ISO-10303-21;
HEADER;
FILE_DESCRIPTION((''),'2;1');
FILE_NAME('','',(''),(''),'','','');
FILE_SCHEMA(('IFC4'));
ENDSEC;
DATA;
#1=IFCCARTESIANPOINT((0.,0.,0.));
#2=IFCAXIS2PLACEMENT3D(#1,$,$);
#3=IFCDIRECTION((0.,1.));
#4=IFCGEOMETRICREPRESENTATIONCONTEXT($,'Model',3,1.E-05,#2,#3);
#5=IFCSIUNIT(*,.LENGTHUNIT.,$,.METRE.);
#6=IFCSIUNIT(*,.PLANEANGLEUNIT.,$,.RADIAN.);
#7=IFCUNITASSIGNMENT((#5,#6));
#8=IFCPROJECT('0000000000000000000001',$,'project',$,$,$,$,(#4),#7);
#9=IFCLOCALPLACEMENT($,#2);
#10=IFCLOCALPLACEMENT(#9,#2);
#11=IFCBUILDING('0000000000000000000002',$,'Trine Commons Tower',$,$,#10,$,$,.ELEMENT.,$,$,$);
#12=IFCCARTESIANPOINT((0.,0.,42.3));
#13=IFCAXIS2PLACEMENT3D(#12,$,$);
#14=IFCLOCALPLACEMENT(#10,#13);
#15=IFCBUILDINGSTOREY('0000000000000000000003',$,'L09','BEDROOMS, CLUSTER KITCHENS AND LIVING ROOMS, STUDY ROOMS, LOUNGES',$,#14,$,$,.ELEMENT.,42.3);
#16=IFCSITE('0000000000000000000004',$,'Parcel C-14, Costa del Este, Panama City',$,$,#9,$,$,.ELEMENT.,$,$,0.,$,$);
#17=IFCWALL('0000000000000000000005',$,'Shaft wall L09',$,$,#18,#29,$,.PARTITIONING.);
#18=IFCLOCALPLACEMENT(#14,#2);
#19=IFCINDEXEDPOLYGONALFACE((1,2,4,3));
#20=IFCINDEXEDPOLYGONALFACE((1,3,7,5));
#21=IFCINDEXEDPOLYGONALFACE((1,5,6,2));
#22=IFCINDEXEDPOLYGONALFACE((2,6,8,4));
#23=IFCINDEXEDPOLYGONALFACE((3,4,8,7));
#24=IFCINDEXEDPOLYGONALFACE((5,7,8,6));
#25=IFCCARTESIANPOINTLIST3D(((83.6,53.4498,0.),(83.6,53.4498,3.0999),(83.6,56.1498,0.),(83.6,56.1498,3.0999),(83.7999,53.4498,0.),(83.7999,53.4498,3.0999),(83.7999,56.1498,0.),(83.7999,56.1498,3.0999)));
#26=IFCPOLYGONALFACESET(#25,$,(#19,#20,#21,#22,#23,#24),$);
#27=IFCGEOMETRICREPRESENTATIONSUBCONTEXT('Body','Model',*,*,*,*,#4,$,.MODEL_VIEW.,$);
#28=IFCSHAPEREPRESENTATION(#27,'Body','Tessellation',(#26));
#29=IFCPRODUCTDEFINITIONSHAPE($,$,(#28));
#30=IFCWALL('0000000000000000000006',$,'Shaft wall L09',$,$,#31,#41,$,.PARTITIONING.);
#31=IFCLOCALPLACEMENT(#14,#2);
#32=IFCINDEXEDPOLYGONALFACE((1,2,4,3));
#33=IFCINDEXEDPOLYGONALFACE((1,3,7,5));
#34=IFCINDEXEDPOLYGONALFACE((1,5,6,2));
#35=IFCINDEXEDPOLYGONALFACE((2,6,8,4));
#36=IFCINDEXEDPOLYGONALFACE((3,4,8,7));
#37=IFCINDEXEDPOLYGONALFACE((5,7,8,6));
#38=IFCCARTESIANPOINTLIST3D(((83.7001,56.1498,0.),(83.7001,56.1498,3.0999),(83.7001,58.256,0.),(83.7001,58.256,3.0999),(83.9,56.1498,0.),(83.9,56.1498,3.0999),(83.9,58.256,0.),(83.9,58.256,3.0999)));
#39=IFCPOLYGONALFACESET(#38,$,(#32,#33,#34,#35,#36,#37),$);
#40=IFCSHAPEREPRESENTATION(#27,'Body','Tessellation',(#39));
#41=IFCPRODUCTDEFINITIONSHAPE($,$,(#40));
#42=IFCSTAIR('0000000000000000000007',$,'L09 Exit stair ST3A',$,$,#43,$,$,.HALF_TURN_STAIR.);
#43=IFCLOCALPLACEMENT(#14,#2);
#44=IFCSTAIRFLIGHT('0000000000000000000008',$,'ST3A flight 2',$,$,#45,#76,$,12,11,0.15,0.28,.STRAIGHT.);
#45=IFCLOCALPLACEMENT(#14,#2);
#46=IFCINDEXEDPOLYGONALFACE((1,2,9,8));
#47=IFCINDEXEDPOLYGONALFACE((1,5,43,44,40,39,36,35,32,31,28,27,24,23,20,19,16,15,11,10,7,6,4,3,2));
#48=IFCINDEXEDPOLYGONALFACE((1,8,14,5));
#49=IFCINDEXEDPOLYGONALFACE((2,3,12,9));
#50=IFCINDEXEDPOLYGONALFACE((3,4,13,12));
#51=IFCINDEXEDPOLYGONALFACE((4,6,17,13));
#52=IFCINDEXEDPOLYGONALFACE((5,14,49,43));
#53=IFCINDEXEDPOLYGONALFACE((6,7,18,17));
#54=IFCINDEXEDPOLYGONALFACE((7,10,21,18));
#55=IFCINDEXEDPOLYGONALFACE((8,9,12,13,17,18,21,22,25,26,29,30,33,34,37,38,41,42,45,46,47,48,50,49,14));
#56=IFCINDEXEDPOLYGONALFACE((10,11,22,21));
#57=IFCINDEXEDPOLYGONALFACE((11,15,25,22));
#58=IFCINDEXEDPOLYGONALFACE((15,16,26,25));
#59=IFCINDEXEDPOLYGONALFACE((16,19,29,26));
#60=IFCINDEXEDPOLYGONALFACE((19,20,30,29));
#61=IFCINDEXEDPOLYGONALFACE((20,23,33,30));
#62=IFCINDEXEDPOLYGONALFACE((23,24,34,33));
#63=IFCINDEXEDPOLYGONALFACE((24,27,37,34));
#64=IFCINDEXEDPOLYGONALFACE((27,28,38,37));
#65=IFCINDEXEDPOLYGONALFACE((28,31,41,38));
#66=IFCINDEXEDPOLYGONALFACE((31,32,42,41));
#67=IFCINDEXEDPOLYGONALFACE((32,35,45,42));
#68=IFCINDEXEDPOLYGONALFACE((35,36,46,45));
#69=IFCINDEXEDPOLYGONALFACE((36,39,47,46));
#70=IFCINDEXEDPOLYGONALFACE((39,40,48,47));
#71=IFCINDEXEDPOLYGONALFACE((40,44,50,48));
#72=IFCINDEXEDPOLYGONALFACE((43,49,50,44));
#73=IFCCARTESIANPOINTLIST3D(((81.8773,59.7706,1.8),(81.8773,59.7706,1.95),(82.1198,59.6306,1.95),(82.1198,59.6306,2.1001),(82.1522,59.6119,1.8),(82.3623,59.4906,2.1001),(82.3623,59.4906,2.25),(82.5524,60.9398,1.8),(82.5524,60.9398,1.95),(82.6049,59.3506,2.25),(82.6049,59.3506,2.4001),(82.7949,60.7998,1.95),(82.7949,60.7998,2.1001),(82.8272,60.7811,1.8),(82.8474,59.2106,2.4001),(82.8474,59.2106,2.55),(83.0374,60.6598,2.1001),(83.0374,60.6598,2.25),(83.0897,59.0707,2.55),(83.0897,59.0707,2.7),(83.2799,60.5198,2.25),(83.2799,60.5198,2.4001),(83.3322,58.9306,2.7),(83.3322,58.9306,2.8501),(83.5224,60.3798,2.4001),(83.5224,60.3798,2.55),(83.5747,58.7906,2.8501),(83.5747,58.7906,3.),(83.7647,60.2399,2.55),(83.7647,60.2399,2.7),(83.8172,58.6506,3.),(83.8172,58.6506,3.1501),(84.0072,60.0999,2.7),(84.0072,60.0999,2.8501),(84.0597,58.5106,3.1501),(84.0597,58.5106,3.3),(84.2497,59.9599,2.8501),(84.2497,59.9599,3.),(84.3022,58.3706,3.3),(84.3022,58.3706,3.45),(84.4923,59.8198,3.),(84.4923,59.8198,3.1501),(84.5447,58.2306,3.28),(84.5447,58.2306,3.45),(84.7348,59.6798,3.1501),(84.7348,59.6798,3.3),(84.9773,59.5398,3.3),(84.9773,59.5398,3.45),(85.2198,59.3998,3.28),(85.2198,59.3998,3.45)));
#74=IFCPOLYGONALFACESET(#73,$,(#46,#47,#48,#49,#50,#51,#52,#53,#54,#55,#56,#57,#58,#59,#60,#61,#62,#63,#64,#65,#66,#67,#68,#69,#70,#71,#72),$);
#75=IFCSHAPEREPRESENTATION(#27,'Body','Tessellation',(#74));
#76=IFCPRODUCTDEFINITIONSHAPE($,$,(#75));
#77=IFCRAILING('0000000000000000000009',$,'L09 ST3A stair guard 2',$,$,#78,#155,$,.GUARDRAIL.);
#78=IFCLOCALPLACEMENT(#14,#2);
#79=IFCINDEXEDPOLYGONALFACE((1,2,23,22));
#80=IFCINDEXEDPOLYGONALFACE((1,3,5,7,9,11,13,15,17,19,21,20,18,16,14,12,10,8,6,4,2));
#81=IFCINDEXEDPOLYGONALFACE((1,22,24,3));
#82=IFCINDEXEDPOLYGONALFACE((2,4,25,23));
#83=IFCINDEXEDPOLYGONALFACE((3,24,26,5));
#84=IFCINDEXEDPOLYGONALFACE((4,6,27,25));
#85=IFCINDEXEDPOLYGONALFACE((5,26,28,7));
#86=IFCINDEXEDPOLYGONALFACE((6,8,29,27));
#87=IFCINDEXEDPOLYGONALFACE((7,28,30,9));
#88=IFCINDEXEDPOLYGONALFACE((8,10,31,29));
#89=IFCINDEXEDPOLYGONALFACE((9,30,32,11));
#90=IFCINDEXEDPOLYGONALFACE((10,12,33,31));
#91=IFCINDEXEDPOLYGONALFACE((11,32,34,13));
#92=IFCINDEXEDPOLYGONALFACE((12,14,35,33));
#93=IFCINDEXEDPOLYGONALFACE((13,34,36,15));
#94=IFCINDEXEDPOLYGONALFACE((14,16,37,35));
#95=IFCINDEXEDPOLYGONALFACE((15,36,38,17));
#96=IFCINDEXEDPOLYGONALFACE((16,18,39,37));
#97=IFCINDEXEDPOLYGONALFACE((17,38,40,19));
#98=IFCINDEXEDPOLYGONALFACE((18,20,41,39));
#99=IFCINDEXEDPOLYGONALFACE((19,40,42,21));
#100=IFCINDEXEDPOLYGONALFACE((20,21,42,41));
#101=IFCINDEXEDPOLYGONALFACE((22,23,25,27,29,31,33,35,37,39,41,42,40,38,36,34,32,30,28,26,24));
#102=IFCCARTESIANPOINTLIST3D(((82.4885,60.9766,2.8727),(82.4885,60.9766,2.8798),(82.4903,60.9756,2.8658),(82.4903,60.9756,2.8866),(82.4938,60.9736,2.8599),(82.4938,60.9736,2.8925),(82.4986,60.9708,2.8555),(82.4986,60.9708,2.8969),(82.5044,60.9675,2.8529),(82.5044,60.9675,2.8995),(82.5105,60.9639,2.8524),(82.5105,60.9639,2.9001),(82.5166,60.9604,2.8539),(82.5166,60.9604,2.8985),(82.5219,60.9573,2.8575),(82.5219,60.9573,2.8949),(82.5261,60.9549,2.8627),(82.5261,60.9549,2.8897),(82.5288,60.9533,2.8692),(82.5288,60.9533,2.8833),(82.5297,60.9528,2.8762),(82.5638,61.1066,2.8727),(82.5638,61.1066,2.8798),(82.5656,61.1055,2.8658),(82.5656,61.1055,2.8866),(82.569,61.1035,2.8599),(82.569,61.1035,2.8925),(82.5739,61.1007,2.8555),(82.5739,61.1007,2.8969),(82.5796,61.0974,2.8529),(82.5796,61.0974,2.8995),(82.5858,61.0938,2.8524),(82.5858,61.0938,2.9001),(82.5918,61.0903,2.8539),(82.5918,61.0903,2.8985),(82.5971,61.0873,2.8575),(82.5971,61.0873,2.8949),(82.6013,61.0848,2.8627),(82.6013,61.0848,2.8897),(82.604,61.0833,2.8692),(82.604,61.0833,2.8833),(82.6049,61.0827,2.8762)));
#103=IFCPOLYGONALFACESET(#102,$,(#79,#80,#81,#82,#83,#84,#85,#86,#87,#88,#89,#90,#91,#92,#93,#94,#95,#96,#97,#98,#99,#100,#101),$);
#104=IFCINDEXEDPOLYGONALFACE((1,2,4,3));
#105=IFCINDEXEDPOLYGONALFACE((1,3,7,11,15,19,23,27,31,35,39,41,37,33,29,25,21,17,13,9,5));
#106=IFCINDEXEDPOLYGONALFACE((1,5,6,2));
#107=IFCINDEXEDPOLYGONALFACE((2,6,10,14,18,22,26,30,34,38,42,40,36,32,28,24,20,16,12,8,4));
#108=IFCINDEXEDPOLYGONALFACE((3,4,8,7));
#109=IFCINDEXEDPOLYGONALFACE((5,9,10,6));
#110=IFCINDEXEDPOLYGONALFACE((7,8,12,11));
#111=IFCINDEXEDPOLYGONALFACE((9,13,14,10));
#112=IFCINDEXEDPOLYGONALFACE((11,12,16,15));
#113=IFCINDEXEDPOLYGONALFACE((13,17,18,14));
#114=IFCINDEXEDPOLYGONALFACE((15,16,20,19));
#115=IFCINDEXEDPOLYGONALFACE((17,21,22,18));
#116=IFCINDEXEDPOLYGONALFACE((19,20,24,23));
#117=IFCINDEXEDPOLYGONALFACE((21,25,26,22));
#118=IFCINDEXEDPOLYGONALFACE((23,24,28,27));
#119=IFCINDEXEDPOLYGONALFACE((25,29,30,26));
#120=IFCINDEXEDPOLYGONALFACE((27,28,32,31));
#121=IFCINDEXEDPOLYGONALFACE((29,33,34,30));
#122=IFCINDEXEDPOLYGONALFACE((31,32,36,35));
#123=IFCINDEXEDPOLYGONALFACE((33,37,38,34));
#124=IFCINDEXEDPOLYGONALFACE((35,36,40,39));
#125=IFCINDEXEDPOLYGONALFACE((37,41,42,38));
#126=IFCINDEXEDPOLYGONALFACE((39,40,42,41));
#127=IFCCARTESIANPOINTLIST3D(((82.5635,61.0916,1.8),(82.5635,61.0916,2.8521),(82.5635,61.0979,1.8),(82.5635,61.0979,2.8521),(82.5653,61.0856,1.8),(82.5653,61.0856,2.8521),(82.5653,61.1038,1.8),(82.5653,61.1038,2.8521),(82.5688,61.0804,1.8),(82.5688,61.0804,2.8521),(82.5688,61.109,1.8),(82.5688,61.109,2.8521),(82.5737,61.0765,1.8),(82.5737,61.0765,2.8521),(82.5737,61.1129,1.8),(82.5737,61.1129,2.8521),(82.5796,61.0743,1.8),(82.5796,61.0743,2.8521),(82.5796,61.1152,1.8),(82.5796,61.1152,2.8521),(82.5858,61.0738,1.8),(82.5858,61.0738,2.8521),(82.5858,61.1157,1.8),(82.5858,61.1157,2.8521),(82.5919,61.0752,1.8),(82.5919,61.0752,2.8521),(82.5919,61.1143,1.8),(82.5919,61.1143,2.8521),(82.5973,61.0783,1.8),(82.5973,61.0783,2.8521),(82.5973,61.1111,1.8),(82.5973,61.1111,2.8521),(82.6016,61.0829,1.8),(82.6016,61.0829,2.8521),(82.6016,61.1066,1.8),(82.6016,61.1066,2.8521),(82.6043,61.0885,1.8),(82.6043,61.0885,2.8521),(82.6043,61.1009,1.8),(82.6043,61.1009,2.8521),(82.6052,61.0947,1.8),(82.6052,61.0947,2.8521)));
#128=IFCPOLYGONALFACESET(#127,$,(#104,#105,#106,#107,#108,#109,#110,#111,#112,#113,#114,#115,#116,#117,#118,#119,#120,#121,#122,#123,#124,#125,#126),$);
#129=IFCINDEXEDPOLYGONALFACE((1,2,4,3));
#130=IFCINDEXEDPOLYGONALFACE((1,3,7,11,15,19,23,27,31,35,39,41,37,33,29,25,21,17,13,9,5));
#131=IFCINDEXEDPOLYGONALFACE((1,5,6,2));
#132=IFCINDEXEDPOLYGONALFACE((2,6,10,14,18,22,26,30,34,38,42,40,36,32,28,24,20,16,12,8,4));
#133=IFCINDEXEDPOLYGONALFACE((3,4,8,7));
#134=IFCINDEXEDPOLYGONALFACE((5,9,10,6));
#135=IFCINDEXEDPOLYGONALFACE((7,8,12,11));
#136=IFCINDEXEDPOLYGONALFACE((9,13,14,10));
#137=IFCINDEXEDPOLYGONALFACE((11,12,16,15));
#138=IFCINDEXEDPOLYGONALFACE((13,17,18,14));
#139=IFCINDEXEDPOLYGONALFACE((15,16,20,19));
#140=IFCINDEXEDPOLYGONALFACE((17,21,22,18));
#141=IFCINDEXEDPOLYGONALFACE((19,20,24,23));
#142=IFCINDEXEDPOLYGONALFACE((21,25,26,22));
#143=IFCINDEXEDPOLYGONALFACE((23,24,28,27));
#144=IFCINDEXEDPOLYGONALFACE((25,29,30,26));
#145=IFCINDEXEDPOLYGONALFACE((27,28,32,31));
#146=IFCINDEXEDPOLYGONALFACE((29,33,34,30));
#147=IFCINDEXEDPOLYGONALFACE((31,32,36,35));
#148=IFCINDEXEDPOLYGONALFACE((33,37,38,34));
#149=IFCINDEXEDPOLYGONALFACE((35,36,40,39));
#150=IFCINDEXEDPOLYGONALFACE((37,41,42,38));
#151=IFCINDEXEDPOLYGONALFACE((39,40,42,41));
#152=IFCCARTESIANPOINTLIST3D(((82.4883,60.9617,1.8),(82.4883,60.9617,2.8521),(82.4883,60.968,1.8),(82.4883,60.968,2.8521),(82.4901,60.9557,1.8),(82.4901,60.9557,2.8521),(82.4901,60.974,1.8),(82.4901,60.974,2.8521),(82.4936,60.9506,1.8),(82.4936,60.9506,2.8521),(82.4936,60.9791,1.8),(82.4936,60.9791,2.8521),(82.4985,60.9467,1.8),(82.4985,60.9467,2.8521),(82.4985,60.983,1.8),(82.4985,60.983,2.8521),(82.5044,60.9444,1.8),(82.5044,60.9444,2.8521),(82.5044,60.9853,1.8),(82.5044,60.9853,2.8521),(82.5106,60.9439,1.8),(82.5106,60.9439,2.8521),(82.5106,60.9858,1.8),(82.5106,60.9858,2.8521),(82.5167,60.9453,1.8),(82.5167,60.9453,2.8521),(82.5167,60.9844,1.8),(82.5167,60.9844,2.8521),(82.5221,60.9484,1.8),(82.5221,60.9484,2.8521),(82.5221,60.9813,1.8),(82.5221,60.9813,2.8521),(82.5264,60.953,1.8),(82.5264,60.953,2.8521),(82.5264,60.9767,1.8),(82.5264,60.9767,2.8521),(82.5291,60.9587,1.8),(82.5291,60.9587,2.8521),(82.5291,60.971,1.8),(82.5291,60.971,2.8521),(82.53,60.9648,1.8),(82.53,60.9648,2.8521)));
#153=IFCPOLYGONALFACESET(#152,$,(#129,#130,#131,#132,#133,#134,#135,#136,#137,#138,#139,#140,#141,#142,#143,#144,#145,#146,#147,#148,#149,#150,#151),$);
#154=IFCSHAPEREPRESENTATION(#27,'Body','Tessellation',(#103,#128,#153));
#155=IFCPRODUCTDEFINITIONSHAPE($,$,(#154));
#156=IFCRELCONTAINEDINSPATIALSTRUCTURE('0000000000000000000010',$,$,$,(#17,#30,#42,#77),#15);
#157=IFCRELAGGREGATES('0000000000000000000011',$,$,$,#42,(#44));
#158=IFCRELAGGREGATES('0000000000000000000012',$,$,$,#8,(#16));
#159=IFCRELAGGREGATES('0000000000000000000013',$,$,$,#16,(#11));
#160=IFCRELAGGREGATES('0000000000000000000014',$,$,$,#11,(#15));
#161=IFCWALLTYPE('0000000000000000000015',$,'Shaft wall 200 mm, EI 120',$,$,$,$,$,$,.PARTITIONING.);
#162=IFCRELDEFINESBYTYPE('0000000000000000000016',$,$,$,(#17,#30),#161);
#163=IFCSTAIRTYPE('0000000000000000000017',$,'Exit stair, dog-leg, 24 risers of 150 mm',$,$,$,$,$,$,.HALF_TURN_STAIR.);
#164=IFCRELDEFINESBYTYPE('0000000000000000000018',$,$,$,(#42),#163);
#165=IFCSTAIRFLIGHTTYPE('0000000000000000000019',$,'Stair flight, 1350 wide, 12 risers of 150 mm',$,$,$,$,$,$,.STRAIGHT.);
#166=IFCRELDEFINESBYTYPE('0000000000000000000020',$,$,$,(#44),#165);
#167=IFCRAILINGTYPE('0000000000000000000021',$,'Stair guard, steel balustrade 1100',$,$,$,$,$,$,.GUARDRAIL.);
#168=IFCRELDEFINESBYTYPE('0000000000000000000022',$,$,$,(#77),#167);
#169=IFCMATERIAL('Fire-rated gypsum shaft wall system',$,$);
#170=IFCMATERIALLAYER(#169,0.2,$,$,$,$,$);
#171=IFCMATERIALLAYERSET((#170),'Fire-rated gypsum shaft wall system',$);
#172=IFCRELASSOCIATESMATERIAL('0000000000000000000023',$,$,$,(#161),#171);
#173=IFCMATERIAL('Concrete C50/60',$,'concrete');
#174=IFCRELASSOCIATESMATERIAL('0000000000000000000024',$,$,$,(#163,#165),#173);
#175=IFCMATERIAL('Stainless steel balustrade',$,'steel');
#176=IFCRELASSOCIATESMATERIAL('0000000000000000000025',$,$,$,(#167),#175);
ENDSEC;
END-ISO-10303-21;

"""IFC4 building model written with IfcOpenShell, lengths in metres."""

from ifc_helpers import new_model, si_unit, direction, frame, frame_2d, origin, origin_2d, place, context, subcontext, project, spatial, polyline, rectangle, circle, outline, extrude, material, layer, layer_set, type_object, element, aggregate, save


model = new_model("IFC4")

# Units and contexts
model_context = context("Model", 3, precision=1e-05, world=origin(), true_north=direction((0.0, 1.0)))
body_context = subcontext(model_context, "Body", "Model", "MODEL_VIEW")
ifc_project = project(units=[si_unit("LENGTHUNIT", "METRE"), si_unit("PLANEANGLEUNIT", "RADIAN")], contexts=[model_context])

# Site, building, storey
site_placement = place(None, origin())
site = spatial("IfcSite", under=ifc_project, at=site_placement, Name="Parcel C-14, Costa del Este, Panama City", CompositionType="ELEMENT", RefElevation=0.0)
building_placement = place(site_placement, origin())
building = spatial("IfcBuilding", under=site, at=building_placement, Name="Trine Commons Tower", CompositionType="ELEMENT")
storey_placement = place(building_placement, frame((0.0, 0.0, 42.3)))
storey = spatial("IfcBuildingStorey", under=building, at=storey_placement, Name="L09", Description="BEDROOMS, CLUSTER KITCHENS AND LIVING ROOMS, STUDY ROOMS, LOUNGES", CompositionType="ELEMENT", Elevation=42.3)

# Shared definitions
ifc_material_1 = material(Name="Fire-rated gypsum shaft wall system")

# Walls
ifc_layer_1 = layer(ifc_material_1, 0.2)
ifc_layer_set_1 = layer_set([ifc_layer_1], Name="Fire-rated gypsum shaft wall system")
wall_type_1 = type_object("IfcWallType", Name="Shaft wall 200 mm, EI 120", PredefinedType="PARTITIONING", material=ifc_layer_set_1)
wall_1_placement = place(storey_placement, frame((83.7, 56.1499, 0.0), z_axis=(0.0, 0.0, 1.0), x_axis=(0.0, -1.0, 0.0)))
element("IfcWall", 1, at=wall_1_placement, inside=storey, type_object=wall_type_1, Name="Shaft wall L09", PredefinedType="PARTITIONING", context=body_context, shape_type="SweptSolid", body=[
    extrude(rectangle(XDim=2.7, YDim=0.2, at=frame_2d((1.3501, 0.0))), origin(), (0.0, 0.0, 1.0), 3.0999),
])
wall_2_placement = place(storey_placement, frame((83.8, 58.2561, 0.0), z_axis=(0.0, 0.0, 1.0), x_axis=(0.0, -1.0, 0.0)))
element("IfcWall", 2, at=wall_2_placement, inside=storey, type_object=wall_type_1, Name="Shaft wall L09", PredefinedType="PARTITIONING", context=body_context, shape_type="SweptSolid", body=[
    extrude(rectangle(XDim=2.1062, YDim=0.2, at=frame_2d((1.0532, 0.0))), origin(), (0.0, 0.0, 1.0), 3.0999),
])

# Stair, stair flight
ifc_material_2 = material(Name="Concrete C50/60", Category="concrete")
stair_type = type_object("IfcStairType", Name="Exit stair, dog-leg, 24 risers of 150 mm", PredefinedType="HALF_TURN_STAIR", material=ifc_material_2)
stair_placement = place(storey_placement, origin())
stair = element("IfcStair", 3, at=stair_placement, inside=storey, type_object=stair_type, Name="L09 Exit stair ST3A", PredefinedType="HALF_TURN_STAIR")
stair_flight_type = type_object("IfcStairFlightType", Name="Stair flight, 1350 wide, 12 risers of 150 mm", PredefinedType="STRAIGHT", material=ifc_material_2)
stair_flight_placement = place(storey_placement, frame((82.2148, 60.3552, 1.8), z_axis=(0.0, 0.0, 1.0), x_axis=(0.866025, -0.5, 0.0)))
stair_flight = element("IfcStairFlight", 4, at=stair_flight_placement, type_object=stair_flight_type, Name="ST3A flight 2", NumberOfRisers=12, NumberOfTreads=11, PredefinedType="STRAIGHT", RiserHeight=0.15, TreadLength=0.28, context=body_context, shape_type="SweptSolid", body=[
    extrude(outline(polyline([(0.0, 0.0), (0.0, 0.1499), (0.28, 0.1499), (0.28, 0.3), (0.5601, 0.3), (0.5601, 0.45), (0.8401, 0.45), (0.8401, 0.6001), (1.1201, 0.6001), (1.1201, 0.75), (1.3999, 0.75), (1.3999, 0.8999), (1.6799, 0.8999), (1.6799, 1.05), (1.96, 1.05), (1.96, 1.2), (2.24, 1.2), (2.24, 1.3501), (2.52, 1.3501), (2.52, 1.5), (2.8, 1.5), (2.8, 1.6499), (3.0801, 1.6499), (3.0801, 1.8), (3.0801, 1.48), (0.3174, 0.0), (0.0, 0.0)])), frame((0.0, 0.675, 0.0), z_axis=(0.0, -1.0, 0.0), x_axis=(1.0, 0.0, 0.0)), (0.0, 0.0, 1.0), 1.3501),
])
aggregate(stair, [stair_flight])

# Railing
ifc_material_3 = material(Name="Stainless steel balustrade", Category="steel")
railing_type_1 = type_object("IfcRailingType", Name="Stair guard, steel balustrade 1100", PredefinedType="GUARDRAIL", material=ifc_material_3)
railing_1_placement = place(storey_placement, frame((82.5842, 61.0947, 1.8)))
element("IfcRailing", 5, at=railing_1_placement, inside=storey, type_object=railing_type_1, Name="L09 ST3A stair guard 2", PredefinedType="GUARDRAIL", context=body_context, shape_type="SweptSolid", body=[
    extrude(circle(Radius=0.0239, at=origin_2d()), frame((0.0, 0.0, 1.0762), z_axis=(-0.501036, -0.865426, 0.0), x_axis=(0.865426, -0.501036, 0.0)), (0.0, 0.0, 1.0), 0.1501),
    extrude(circle(Radius=0.021, at=origin_2d()), origin(), (0.0, 0.0, 1.0), 1.052),
    extrude(circle(Radius=0.021, at=origin_2d()), frame((-0.0752, -0.1299, 0.0)), (0.0, 0.0, 1.0), 1.052),
])

save(model, "model.ifc")
